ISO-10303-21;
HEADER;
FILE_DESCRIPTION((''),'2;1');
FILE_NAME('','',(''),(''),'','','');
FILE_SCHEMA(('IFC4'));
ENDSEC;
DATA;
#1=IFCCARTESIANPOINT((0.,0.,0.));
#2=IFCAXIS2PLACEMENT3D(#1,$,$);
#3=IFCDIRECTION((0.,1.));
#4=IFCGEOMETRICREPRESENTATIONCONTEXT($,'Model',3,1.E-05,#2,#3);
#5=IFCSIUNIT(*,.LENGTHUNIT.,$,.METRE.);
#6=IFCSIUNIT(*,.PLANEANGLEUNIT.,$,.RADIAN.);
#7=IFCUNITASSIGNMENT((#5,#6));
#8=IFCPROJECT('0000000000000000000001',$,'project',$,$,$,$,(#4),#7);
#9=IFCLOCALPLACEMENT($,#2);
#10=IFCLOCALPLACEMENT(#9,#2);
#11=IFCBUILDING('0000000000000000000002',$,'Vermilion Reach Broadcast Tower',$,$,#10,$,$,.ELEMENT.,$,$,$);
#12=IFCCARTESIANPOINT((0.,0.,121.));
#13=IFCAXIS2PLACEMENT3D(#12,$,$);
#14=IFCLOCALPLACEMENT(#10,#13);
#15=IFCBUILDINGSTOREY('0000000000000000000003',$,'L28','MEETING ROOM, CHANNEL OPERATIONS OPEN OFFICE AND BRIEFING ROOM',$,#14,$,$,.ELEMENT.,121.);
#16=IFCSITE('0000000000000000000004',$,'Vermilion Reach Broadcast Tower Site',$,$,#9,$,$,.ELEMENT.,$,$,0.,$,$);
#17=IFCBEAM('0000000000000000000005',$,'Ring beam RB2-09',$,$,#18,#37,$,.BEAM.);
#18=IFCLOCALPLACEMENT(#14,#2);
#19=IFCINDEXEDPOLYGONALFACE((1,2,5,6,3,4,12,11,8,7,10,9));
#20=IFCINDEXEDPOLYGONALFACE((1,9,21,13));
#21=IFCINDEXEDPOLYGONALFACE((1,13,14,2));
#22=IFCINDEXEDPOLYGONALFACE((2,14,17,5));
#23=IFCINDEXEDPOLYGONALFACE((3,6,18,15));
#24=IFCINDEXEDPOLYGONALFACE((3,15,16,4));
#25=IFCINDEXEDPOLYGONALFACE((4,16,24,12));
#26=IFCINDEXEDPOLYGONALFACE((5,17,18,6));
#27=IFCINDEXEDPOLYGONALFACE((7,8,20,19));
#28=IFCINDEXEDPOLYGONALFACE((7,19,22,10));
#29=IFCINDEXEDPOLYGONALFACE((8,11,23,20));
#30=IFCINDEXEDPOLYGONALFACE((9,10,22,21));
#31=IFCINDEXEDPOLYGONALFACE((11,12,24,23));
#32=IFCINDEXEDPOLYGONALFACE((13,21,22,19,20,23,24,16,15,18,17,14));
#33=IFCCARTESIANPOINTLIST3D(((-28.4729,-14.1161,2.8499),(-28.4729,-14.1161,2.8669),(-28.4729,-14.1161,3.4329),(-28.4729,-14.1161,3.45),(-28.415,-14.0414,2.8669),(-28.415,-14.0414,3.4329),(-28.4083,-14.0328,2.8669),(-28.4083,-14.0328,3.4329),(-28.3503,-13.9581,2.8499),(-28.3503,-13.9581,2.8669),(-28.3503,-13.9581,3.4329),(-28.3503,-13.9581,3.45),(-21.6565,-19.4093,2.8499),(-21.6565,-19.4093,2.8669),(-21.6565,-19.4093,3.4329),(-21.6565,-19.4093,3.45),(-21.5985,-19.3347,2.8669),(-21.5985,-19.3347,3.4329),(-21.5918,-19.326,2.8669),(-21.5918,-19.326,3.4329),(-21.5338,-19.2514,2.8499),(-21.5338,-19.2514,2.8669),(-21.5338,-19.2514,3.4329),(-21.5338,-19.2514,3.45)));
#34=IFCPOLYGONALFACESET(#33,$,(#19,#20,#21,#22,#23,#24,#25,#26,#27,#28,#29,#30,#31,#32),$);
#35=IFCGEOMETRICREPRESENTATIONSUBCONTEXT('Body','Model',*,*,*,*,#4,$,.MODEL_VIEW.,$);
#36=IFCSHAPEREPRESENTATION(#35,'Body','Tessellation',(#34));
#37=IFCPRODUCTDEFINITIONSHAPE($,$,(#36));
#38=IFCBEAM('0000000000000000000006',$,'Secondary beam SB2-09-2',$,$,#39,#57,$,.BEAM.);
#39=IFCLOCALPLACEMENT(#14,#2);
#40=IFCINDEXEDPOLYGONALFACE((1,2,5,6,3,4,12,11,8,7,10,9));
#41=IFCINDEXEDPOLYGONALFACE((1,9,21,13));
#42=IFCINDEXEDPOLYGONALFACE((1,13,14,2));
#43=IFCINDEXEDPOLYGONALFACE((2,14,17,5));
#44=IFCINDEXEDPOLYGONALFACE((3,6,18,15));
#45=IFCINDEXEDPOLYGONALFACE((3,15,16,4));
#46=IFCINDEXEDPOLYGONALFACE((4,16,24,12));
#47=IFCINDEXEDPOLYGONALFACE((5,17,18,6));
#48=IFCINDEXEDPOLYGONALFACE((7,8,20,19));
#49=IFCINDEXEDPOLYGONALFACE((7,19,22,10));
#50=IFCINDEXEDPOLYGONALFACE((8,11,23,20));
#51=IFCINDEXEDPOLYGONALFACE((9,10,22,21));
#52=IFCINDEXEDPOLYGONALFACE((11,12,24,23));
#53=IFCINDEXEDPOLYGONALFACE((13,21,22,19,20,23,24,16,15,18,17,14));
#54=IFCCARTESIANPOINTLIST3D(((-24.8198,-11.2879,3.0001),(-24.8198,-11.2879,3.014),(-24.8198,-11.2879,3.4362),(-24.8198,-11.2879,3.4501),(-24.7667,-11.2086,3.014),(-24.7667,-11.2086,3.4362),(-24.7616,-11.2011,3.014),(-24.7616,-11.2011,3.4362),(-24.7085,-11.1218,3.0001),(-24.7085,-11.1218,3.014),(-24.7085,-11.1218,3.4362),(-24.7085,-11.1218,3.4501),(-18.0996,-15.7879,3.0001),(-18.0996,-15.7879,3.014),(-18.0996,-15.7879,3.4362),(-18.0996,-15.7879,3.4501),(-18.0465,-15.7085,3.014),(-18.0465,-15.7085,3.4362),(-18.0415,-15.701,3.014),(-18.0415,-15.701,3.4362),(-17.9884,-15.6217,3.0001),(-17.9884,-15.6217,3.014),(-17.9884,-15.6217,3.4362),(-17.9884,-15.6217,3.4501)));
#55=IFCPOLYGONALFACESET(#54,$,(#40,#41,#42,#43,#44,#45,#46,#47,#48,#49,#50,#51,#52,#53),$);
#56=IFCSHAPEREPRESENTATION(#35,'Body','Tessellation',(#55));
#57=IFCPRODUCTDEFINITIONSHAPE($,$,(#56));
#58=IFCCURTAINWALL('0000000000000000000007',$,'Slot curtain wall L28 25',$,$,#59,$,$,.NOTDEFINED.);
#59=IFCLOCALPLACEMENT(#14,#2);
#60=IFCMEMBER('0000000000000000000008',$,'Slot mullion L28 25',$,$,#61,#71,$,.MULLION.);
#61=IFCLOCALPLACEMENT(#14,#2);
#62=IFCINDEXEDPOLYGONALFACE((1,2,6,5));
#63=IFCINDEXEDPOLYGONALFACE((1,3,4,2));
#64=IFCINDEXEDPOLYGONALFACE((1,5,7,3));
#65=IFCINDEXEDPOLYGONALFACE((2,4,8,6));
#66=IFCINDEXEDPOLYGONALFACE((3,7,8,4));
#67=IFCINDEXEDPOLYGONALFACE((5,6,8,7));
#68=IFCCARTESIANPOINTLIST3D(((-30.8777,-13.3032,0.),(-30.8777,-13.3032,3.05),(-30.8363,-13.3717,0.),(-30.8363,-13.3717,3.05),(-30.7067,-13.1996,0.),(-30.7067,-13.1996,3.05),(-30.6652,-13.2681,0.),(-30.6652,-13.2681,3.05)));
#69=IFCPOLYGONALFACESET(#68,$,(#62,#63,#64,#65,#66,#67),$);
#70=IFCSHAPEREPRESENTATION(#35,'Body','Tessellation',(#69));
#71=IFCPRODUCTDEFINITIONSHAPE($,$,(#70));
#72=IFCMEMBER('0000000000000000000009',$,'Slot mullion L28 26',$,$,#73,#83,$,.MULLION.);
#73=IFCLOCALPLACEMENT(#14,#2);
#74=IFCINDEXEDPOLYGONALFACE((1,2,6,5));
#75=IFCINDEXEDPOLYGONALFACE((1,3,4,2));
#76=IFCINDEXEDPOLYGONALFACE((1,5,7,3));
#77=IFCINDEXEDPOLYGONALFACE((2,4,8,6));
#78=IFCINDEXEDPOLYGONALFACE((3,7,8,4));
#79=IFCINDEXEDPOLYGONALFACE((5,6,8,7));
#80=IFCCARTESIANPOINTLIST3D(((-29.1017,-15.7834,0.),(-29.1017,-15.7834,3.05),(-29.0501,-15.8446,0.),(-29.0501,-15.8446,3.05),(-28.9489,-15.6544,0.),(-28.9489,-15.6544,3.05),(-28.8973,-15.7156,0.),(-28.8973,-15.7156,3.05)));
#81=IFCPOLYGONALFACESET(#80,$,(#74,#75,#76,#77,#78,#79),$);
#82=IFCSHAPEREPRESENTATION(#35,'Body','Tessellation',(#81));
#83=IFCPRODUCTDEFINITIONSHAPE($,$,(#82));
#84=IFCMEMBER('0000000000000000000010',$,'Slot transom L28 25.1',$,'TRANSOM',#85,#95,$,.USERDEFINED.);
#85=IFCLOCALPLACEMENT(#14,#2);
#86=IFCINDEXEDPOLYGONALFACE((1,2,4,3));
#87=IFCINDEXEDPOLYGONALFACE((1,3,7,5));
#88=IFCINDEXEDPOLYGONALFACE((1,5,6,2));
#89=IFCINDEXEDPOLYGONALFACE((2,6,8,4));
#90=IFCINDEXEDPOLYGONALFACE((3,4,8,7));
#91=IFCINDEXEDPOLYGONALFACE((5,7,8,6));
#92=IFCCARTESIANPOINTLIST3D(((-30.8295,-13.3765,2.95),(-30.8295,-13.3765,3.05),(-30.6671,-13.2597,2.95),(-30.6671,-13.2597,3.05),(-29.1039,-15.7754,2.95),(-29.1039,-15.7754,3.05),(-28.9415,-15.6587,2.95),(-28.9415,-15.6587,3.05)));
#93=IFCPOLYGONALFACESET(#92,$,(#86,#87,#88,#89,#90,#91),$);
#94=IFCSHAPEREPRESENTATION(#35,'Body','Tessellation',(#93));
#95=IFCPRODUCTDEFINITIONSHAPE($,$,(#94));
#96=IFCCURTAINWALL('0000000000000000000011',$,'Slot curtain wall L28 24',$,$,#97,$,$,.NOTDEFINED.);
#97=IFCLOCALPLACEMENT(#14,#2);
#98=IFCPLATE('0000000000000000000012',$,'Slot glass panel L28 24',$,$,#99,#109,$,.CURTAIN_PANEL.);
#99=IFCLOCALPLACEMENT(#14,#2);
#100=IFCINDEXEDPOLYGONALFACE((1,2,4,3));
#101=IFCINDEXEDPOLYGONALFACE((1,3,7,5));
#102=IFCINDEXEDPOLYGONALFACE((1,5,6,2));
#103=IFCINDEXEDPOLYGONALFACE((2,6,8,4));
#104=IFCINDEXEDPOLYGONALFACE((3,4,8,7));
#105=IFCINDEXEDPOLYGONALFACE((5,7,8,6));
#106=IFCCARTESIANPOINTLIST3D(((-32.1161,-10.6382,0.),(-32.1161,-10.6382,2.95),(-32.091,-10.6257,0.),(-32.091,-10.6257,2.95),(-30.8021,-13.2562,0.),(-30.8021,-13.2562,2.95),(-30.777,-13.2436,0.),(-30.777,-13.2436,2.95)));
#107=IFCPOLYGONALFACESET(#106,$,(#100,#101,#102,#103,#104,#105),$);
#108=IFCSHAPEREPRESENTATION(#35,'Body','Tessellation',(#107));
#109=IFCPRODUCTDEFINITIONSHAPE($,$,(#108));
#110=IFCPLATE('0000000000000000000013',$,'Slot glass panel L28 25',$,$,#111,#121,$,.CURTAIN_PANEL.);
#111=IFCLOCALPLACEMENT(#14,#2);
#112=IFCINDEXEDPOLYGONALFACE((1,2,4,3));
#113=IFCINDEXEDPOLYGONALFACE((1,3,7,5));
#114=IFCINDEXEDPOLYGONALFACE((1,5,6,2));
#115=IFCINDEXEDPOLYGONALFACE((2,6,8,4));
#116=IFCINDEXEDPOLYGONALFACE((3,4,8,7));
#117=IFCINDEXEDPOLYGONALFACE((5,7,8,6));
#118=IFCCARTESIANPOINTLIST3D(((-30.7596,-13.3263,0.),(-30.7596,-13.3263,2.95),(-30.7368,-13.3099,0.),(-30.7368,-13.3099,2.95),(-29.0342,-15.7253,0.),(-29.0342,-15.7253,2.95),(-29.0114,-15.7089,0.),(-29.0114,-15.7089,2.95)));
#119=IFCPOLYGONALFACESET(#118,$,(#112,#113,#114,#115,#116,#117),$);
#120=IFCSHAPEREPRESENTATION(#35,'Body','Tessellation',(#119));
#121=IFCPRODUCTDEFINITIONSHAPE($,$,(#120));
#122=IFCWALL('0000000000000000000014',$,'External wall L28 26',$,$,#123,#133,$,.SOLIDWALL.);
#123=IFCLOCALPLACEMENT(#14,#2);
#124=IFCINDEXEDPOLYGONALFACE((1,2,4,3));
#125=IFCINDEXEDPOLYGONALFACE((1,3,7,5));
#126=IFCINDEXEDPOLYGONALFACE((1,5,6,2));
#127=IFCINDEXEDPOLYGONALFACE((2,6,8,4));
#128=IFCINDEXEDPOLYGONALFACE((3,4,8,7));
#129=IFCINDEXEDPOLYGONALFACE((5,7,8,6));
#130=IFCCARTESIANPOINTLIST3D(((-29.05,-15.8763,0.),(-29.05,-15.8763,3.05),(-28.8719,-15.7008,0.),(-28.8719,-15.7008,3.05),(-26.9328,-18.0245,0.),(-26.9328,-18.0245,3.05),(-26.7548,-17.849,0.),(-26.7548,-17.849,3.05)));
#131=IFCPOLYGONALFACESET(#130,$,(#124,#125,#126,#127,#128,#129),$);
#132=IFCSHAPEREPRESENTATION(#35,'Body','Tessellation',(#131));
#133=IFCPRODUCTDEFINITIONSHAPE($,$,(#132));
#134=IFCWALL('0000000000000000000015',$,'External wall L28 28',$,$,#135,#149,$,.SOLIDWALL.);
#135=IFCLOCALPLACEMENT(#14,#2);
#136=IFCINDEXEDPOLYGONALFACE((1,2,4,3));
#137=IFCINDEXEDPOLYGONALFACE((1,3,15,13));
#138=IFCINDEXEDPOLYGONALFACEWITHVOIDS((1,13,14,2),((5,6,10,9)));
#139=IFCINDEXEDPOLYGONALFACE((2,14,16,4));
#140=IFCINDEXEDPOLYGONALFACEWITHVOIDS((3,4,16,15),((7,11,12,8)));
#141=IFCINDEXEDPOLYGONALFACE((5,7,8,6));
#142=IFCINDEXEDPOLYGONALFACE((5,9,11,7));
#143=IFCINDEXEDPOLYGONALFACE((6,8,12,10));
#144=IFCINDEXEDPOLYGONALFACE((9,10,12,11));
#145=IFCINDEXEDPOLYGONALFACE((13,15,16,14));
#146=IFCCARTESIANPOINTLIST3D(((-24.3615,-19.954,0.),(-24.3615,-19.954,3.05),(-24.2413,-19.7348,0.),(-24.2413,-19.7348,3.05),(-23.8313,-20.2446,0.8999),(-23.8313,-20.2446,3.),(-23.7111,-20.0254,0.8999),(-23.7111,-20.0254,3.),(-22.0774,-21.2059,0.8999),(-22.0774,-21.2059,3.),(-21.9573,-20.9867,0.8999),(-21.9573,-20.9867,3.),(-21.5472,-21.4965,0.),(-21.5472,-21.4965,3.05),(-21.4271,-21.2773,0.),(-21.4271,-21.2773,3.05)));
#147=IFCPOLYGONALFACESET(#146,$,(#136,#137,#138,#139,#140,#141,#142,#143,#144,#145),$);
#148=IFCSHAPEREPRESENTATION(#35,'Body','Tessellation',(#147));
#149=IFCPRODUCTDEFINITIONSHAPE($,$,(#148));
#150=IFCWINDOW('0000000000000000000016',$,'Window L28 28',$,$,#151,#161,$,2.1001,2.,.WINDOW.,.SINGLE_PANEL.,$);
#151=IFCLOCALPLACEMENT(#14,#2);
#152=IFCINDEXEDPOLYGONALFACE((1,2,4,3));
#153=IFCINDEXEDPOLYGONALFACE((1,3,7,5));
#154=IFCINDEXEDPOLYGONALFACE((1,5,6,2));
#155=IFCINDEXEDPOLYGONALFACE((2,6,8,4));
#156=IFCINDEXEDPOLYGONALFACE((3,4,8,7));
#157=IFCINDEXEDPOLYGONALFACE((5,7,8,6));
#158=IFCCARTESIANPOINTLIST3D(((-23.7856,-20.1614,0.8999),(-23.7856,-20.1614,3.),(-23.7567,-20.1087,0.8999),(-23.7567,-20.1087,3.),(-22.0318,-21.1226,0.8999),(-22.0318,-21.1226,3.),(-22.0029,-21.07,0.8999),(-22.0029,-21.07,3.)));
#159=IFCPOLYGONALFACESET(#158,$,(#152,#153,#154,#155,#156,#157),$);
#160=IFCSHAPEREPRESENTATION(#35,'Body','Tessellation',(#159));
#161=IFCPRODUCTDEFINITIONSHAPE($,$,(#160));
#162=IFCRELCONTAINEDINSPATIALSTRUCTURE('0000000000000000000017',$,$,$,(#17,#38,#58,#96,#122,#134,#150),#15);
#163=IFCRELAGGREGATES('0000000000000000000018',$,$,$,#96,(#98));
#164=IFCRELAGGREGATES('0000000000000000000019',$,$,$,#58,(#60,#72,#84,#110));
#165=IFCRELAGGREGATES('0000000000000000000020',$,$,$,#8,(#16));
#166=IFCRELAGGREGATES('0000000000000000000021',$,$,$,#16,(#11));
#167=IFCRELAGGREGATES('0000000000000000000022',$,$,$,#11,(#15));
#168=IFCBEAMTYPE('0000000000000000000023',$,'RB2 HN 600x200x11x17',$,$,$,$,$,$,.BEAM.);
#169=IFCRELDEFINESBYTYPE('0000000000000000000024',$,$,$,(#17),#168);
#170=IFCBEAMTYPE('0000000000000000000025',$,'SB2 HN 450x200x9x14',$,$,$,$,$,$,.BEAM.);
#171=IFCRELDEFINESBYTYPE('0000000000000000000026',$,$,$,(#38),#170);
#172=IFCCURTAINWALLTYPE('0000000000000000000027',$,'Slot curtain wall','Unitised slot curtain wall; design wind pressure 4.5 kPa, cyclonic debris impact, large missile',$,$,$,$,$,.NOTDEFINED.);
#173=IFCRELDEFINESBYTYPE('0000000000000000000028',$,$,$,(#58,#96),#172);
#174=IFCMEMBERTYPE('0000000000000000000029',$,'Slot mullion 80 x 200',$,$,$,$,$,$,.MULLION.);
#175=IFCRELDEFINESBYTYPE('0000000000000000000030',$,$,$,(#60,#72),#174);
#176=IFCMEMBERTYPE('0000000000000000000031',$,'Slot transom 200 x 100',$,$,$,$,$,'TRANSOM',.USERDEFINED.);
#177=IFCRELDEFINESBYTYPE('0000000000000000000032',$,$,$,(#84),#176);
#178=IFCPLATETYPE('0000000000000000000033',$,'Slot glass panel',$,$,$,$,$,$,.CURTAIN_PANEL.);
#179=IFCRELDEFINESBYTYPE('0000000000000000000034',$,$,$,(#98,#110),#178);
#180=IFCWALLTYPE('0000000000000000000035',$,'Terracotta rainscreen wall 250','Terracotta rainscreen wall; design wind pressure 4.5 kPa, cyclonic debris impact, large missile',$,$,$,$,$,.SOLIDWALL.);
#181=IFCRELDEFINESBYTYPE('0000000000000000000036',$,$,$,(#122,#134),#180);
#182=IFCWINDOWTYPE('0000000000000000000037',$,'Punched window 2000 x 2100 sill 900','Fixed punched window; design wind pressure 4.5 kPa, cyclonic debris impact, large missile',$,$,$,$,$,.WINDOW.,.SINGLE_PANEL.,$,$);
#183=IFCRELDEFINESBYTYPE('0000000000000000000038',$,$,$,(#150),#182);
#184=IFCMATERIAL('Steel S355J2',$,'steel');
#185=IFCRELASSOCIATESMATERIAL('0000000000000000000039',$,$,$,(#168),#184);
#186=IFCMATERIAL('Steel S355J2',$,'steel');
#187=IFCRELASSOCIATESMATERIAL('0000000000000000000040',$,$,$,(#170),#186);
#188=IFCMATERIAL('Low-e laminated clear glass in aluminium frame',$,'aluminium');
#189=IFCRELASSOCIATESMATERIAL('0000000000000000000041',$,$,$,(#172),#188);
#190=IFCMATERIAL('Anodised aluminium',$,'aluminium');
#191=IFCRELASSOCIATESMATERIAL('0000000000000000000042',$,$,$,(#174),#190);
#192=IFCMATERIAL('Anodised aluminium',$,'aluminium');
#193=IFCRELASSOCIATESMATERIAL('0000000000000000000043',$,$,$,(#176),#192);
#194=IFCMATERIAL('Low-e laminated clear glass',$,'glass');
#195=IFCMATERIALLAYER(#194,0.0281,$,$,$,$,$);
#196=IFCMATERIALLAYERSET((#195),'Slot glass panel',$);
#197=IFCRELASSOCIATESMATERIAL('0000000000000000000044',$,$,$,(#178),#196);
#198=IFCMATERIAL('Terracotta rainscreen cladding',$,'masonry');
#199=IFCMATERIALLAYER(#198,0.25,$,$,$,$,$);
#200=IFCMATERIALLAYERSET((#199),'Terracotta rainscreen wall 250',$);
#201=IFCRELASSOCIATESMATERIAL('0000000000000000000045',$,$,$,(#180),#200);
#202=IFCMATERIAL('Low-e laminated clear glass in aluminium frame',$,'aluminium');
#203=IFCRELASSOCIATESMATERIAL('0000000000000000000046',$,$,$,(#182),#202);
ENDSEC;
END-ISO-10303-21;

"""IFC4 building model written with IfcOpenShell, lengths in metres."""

from ifc_helpers import new_model, si_unit, direction, frame, frame_2d, origin, origin_2d, place, context, subcontext, project, spatial, rectangle, i_section, extrude, material, layer, layer_set, material_profile, profile_set, type_object, element, fill, aggregate, save


model = new_model("IFC4")

# Units and contexts
model_context = context("Model", 3, precision=1e-05, world=origin(), true_north=direction((0.0, 1.0)))
body_context = subcontext(model_context, "Body", "Model", "MODEL_VIEW")
ifc_project = project(units=[si_unit("LENGTHUNIT", "METRE"), si_unit("PLANEANGLEUNIT", "RADIAN")], contexts=[model_context])

# Site, building, storey
site_placement = place(None, origin())
site = spatial("IfcSite", under=ifc_project, at=site_placement, Name="Vermilion Reach Broadcast Tower Site", CompositionType="ELEMENT", RefElevation=0.0)
building_placement = place(site_placement, origin())
building = spatial("IfcBuilding", under=site, at=building_placement, Name="Vermilion Reach Broadcast Tower", CompositionType="ELEMENT")
storey_placement = place(building_placement, frame((0.0, 0.0, 121.0)))
storey = spatial("IfcBuildingStorey", under=building, at=storey_placement, Name="L28", Description="MEETING ROOM, CHANNEL OPERATIONS OPEN OFFICE AND BRIEFING ROOM", CompositionType="ELEMENT", Elevation=121.0)

# Beams
ifc_material_1 = material(Name="Steel S355J2", Category="steel")
ifc_material_profile_1 = material_profile(ifc_material_1, i_section(OverallWidth=0.2, OverallDepth=0.6001, WebThickness=0.011, FlangeThickness=0.0171, at=origin_2d()), Name="S355J2 HN 600x200x11x17")
ifc_profile_set_1 = profile_set([ifc_material_profile_1], Name="Steel S355J2")
beam_type_1 = type_object("IfcBeamType", Name="RB2 HN 600x200x11x17", PredefinedType="BEAM", material=ifc_profile_set_1)
beam_1_placement = place(storey_placement, frame((-28.4116, -14.0371, 3.1499), z_axis=(0.789826, -0.613331, 0.0), x_axis=(0.613331, 0.789826, 0.0)))
element("IfcBeam", 1, at=beam_1_placement, inside=storey, type_object=beam_type_1, Name="Ring beam RB2-09", PredefinedType="BEAM", context=body_context, shape_type="SweptSolid", body=[
    extrude(i_section(OverallWidth=0.2, OverallDepth=0.6001, WebThickness=0.011, FlangeThickness=0.0171, at=origin_2d()), origin(), (0.0, 0.0, 1.0), 8.6304),
])
ifc_material_2 = material(Name="Steel S355J2", Category="steel")
ifc_material_profile_2 = material_profile(ifc_material_2, i_section(OverallWidth=0.2, OverallDepth=0.45, WebThickness=0.009, FlangeThickness=0.0139, at=origin_2d()), Name="S355J2 HN 450x200x9x14")
ifc_profile_set_2 = profile_set([ifc_material_profile_2], Name="Steel S355J2")
beam_type_2 = type_object("IfcBeamType", Name="SB2 HN 450x200x9x14", PredefinedType="BEAM", material=ifc_profile_set_2)
beam_2_placement = place(storey_placement, frame((-24.7642, -11.2048, 3.2251), z_axis=(0.830915, -0.556399, 0.0), x_axis=(0.556399, 0.830915, 0.0)))
element("IfcBeam", 2, at=beam_2_placement, inside=storey, type_object=beam_type_2, Name="Secondary beam SB2-09-2", PredefinedType="BEAM", context=body_context, shape_type="SweptSolid", body=[
    extrude(i_section(OverallWidth=0.2, OverallDepth=0.45, WebThickness=0.009, FlangeThickness=0.0139, at=origin_2d()), origin(), (0.0, 0.0, 1.0), 8.0876),
])

# Curtain wall, members
ifc_material_3 = material(Name="Low-e laminated clear glass in aluminium frame", Category="aluminium")
curtain_wall_type = type_object("IfcCurtainWallType", Name="Slot curtain wall", Description="Unitised slot curtain wall; design wind pressure 4.5 kPa, cyclonic debris impact, large missile", PredefinedType="NOTDEFINED", material=ifc_material_3)
placement = place(storey_placement, origin())
curtain_wall_1 = element("IfcCurtainWall", 3, at=placement, inside=storey, type_object=curtain_wall_type, Name="Slot curtain wall L28 25", PredefinedType="NOTDEFINED")
ifc_material_4 = material(Name="Anodised aluminium", Category="aluminium")
ifc_material_profile_3 = material_profile(ifc_material_4, rectangle(XDim=0.2, YDim=0.0801, at=origin_2d()), Name="Slot mullion 80 x 200")
ifc_profile_set_3 = profile_set([ifc_material_profile_3], Name="Anodised aluminium")
member_type_1 = type_object("IfcMemberType", Name="Slot mullion 80 x 200", PredefinedType="MULLION", material=ifc_profile_set_3)
member_1_placement = place(storey_placement, frame((-30.7715, -13.2856, 0.0), z_axis=(0.0, 0.0, 1.0), x_axis=(0.855465, 0.517861, 0.0)))
member_1 = element("IfcMember", 4, at=member_1_placement, type_object=member_type_1, Name="Slot mullion L28 25", PredefinedType="MULLION", context=body_context, shape_type="SweptSolid", body=[
    extrude(rectangle(XDim=0.2, YDim=0.0801, at=origin_2d()), origin(), (0.0, 0.0, 1.0), 3.05),
])
member_2_placement = place(storey_placement, frame((-28.9995, -15.7495, 0.0), z_axis=(0.0, 0.0, 1.0), x_axis=(0.76432, 0.644837, 0.0)))
member_2 = element("IfcMember", 5, at=member_2_placement, type_object=member_type_1, Name="Slot mullion L28 26", PredefinedType="MULLION", context=body_context, shape_type="SweptSolid", body=[
    extrude(rectangle(XDim=0.2, YDim=0.0801, at=origin_2d()), origin(), (0.0, 0.0, 1.0), 3.05),
])
ifc_material_5 = material(Name="Anodised aluminium", Category="aluminium")
ifc_material_profile_4 = material_profile(ifc_material_5, rectangle(XDim=0.2, YDim=0.1001, at=origin_2d()), Name="Slot transom 200 x 100")
ifc_profile_set_4 = profile_set([ifc_material_profile_4], Name="Anodised aluminium")
member_type_2 = type_object("IfcMemberType", Name="Slot transom 200 x 100", ElementType="TRANSOM", PredefinedType="USERDEFINED", material=ifc_profile_set_4)
member_3_placement = place(storey_placement, frame((-30.7483, -13.3181, 3.0), z_axis=(0.583939, -0.811798, 0.0), x_axis=(0.811798, 0.583939, 0.0)))
member_3 = element("IfcMember", 6, at=member_3_placement, type_object=member_type_2, Name="Slot transom L28 25.1", ObjectType="TRANSOM", PredefinedType="USERDEFINED", context=body_context, shape_type="SweptSolid", body=[
    extrude(rectangle(XDim=0.2, YDim=0.1001, at=origin_2d()), origin(), (0.0, 0.0, 1.0), 2.9551),
])

# Curtain wall, plate
curtain_wall_2 = element("IfcCurtainWall", 7, at=placement, inside=storey, type_object=curtain_wall_type, Name="Slot curtain wall L28 24", PredefinedType="NOTDEFINED")
ifc_material_6 = material(Name="Low-e laminated clear glass", Category="glass")
ifc_layer_1 = layer(ifc_material_6, 0.0281)
ifc_layer_set_1 = layer_set([ifc_layer_1], Name="Slot glass panel")
plate_type = type_object("IfcPlateType", Name="Slot glass panel", PredefinedType="CURTAIN_PANEL", material=ifc_layer_set_1)
plate_1_placement = place(storey_placement, frame((-31.4465, -11.9409, 0.0), z_axis=(0.0, 0.0, 1.0), x_axis=(0.44859, -0.893738, 0.0)))
plate_1 = element("IfcPlate", 8, at=plate_1_placement, type_object=plate_type, Name="Slot glass panel L28 24", PredefinedType="CURTAIN_PANEL", context=body_context, shape_type="SweptSolid", body=[
    extrude(rectangle(XDim=2.9292, YDim=0.0281, at=origin_2d()), origin(), (0.0, 0.0, 1.0), 2.95),
])
aggregate(curtain_wall_2, [plate_1])

# Plate
plate_2_placement = place(storey_placement, frame((-29.8855, -14.5176, 0.0), z_axis=(0.0, 0.0, 1.0), x_axis=(0.583889, -0.811834, 0.0)))
plate_2 = element("IfcPlate", 9, at=plate_2_placement, type_object=plate_type, Name="Slot glass panel L28 25", PredefinedType="CURTAIN_PANEL", context=body_context, shape_type="SweptSolid", body=[
    extrude(rectangle(XDim=2.9551, YDim=0.0281, at=origin_2d()), origin(), (0.0, 0.0, 1.0), 2.95),
])
aggregate(curtain_wall_1, [member_1, member_2, member_3, plate_2])

# Wall
ifc_material_7 = material(Name="Terracotta rainscreen cladding", Category="masonry")
ifc_layer_2 = layer(ifc_material_7, 0.25)
ifc_layer_set_2 = layer_set([ifc_layer_2], Name="Terracotta rainscreen wall 250")
wall_type = type_object("IfcWallType", Name="Terracotta rainscreen wall 250", Description="Terracotta rainscreen wall; design wind pressure 4.5 kPa, cyclonic debris impact, large missile", PredefinedType="SOLIDWALL", material=ifc_layer_set_2)
wall_1_placement = place(storey_placement, frame((-28.9609, -15.7886, 0.0), z_axis=(0.0, 0.0, 1.0), x_axis=(0.701948, -0.712228, 0.0)))
element("IfcWall", 10, at=wall_1_placement, inside=storey, type_object=wall_type, Name="External wall L28 26", PredefinedType="SOLIDWALL", context=body_context, shape_type="SweptSolid", body=[
    extrude(rectangle(XDim=3.0161, YDim=0.25, at=frame_2d((1.5081, 0.0))), origin(), (0.0, 0.0, 1.0), 3.05),
])

# Wall, opening, window
wall_2_placement = place(storey_placement, frame((-24.3013, -19.8445, 0.0), z_axis=(0.0, 0.0, 1.0), x_axis=(0.876917, -0.480642, 0.0)))
wall_2 = element("IfcWall", 11, at=wall_2_placement, inside=storey, type_object=wall_type, Name="External wall L28 28", PredefinedType="SOLIDWALL", context=body_context, shape_type="SweptSolid", body=[
    extrude(rectangle(XDim=3.2092, YDim=0.25, at=frame_2d((1.6045, 0.0))), origin(), (0.0, 0.0, 1.0), 3.05),
])
opening_1_placement = place(wall_2_placement, frame((0.6045, 0.0, 0.8999)))
opening_1 = element("IfcOpeningElement", 12, at=opening_1_placement, cuts=wall_2, PredefinedType="OPENING", context=body_context, shape_type="SweptSolid", body=[
    extrude(rectangle(XDim=2.0, YDim=2.1001, at=frame_2d((1.0, 1.05))), frame((0.0, 0.135, 0.0), z_axis=(0.0, -1.0, 0.0), x_axis=(1.0, 0.0, 0.0)), (0.0, 0.0, 1.0), 0.27),
])
ifc_material_8 = material(Name="Low-e laminated clear glass in aluminium frame", Category="aluminium")
window_type = type_object("IfcWindowType", Name="Punched window 2000 x 2100 sill 900", Description="Fixed punched window; design wind pressure 4.5 kPa, cyclonic debris impact, large missile", PartitioningType="SINGLE_PANEL", PredefinedType="WINDOW", material=ifc_material_8)
window_1_placement = place(opening_1_placement, origin())
window_1 = element("IfcWindow", 13, at=window_1_placement, inside=storey, type_object=window_type, Name="Window L28 28", OverallHeight=2.1001, OverallWidth=2.0, PartitioningType="SINGLE_PANEL", PredefinedType="WINDOW", context=body_context, shape_type="SweptSolid", body=[
    extrude(rectangle(XDim=2.0, YDim=2.1001, at=frame_2d((1.0, 1.05))), frame((0.0, 0.03, 0.0), z_axis=(0.0, -1.0, 0.0), x_axis=(1.0, 0.0, 0.0)), (0.0, 0.0, 1.0), 0.0601),
])
fill(opening_1, window_1)

save(model, "model.ifc")
